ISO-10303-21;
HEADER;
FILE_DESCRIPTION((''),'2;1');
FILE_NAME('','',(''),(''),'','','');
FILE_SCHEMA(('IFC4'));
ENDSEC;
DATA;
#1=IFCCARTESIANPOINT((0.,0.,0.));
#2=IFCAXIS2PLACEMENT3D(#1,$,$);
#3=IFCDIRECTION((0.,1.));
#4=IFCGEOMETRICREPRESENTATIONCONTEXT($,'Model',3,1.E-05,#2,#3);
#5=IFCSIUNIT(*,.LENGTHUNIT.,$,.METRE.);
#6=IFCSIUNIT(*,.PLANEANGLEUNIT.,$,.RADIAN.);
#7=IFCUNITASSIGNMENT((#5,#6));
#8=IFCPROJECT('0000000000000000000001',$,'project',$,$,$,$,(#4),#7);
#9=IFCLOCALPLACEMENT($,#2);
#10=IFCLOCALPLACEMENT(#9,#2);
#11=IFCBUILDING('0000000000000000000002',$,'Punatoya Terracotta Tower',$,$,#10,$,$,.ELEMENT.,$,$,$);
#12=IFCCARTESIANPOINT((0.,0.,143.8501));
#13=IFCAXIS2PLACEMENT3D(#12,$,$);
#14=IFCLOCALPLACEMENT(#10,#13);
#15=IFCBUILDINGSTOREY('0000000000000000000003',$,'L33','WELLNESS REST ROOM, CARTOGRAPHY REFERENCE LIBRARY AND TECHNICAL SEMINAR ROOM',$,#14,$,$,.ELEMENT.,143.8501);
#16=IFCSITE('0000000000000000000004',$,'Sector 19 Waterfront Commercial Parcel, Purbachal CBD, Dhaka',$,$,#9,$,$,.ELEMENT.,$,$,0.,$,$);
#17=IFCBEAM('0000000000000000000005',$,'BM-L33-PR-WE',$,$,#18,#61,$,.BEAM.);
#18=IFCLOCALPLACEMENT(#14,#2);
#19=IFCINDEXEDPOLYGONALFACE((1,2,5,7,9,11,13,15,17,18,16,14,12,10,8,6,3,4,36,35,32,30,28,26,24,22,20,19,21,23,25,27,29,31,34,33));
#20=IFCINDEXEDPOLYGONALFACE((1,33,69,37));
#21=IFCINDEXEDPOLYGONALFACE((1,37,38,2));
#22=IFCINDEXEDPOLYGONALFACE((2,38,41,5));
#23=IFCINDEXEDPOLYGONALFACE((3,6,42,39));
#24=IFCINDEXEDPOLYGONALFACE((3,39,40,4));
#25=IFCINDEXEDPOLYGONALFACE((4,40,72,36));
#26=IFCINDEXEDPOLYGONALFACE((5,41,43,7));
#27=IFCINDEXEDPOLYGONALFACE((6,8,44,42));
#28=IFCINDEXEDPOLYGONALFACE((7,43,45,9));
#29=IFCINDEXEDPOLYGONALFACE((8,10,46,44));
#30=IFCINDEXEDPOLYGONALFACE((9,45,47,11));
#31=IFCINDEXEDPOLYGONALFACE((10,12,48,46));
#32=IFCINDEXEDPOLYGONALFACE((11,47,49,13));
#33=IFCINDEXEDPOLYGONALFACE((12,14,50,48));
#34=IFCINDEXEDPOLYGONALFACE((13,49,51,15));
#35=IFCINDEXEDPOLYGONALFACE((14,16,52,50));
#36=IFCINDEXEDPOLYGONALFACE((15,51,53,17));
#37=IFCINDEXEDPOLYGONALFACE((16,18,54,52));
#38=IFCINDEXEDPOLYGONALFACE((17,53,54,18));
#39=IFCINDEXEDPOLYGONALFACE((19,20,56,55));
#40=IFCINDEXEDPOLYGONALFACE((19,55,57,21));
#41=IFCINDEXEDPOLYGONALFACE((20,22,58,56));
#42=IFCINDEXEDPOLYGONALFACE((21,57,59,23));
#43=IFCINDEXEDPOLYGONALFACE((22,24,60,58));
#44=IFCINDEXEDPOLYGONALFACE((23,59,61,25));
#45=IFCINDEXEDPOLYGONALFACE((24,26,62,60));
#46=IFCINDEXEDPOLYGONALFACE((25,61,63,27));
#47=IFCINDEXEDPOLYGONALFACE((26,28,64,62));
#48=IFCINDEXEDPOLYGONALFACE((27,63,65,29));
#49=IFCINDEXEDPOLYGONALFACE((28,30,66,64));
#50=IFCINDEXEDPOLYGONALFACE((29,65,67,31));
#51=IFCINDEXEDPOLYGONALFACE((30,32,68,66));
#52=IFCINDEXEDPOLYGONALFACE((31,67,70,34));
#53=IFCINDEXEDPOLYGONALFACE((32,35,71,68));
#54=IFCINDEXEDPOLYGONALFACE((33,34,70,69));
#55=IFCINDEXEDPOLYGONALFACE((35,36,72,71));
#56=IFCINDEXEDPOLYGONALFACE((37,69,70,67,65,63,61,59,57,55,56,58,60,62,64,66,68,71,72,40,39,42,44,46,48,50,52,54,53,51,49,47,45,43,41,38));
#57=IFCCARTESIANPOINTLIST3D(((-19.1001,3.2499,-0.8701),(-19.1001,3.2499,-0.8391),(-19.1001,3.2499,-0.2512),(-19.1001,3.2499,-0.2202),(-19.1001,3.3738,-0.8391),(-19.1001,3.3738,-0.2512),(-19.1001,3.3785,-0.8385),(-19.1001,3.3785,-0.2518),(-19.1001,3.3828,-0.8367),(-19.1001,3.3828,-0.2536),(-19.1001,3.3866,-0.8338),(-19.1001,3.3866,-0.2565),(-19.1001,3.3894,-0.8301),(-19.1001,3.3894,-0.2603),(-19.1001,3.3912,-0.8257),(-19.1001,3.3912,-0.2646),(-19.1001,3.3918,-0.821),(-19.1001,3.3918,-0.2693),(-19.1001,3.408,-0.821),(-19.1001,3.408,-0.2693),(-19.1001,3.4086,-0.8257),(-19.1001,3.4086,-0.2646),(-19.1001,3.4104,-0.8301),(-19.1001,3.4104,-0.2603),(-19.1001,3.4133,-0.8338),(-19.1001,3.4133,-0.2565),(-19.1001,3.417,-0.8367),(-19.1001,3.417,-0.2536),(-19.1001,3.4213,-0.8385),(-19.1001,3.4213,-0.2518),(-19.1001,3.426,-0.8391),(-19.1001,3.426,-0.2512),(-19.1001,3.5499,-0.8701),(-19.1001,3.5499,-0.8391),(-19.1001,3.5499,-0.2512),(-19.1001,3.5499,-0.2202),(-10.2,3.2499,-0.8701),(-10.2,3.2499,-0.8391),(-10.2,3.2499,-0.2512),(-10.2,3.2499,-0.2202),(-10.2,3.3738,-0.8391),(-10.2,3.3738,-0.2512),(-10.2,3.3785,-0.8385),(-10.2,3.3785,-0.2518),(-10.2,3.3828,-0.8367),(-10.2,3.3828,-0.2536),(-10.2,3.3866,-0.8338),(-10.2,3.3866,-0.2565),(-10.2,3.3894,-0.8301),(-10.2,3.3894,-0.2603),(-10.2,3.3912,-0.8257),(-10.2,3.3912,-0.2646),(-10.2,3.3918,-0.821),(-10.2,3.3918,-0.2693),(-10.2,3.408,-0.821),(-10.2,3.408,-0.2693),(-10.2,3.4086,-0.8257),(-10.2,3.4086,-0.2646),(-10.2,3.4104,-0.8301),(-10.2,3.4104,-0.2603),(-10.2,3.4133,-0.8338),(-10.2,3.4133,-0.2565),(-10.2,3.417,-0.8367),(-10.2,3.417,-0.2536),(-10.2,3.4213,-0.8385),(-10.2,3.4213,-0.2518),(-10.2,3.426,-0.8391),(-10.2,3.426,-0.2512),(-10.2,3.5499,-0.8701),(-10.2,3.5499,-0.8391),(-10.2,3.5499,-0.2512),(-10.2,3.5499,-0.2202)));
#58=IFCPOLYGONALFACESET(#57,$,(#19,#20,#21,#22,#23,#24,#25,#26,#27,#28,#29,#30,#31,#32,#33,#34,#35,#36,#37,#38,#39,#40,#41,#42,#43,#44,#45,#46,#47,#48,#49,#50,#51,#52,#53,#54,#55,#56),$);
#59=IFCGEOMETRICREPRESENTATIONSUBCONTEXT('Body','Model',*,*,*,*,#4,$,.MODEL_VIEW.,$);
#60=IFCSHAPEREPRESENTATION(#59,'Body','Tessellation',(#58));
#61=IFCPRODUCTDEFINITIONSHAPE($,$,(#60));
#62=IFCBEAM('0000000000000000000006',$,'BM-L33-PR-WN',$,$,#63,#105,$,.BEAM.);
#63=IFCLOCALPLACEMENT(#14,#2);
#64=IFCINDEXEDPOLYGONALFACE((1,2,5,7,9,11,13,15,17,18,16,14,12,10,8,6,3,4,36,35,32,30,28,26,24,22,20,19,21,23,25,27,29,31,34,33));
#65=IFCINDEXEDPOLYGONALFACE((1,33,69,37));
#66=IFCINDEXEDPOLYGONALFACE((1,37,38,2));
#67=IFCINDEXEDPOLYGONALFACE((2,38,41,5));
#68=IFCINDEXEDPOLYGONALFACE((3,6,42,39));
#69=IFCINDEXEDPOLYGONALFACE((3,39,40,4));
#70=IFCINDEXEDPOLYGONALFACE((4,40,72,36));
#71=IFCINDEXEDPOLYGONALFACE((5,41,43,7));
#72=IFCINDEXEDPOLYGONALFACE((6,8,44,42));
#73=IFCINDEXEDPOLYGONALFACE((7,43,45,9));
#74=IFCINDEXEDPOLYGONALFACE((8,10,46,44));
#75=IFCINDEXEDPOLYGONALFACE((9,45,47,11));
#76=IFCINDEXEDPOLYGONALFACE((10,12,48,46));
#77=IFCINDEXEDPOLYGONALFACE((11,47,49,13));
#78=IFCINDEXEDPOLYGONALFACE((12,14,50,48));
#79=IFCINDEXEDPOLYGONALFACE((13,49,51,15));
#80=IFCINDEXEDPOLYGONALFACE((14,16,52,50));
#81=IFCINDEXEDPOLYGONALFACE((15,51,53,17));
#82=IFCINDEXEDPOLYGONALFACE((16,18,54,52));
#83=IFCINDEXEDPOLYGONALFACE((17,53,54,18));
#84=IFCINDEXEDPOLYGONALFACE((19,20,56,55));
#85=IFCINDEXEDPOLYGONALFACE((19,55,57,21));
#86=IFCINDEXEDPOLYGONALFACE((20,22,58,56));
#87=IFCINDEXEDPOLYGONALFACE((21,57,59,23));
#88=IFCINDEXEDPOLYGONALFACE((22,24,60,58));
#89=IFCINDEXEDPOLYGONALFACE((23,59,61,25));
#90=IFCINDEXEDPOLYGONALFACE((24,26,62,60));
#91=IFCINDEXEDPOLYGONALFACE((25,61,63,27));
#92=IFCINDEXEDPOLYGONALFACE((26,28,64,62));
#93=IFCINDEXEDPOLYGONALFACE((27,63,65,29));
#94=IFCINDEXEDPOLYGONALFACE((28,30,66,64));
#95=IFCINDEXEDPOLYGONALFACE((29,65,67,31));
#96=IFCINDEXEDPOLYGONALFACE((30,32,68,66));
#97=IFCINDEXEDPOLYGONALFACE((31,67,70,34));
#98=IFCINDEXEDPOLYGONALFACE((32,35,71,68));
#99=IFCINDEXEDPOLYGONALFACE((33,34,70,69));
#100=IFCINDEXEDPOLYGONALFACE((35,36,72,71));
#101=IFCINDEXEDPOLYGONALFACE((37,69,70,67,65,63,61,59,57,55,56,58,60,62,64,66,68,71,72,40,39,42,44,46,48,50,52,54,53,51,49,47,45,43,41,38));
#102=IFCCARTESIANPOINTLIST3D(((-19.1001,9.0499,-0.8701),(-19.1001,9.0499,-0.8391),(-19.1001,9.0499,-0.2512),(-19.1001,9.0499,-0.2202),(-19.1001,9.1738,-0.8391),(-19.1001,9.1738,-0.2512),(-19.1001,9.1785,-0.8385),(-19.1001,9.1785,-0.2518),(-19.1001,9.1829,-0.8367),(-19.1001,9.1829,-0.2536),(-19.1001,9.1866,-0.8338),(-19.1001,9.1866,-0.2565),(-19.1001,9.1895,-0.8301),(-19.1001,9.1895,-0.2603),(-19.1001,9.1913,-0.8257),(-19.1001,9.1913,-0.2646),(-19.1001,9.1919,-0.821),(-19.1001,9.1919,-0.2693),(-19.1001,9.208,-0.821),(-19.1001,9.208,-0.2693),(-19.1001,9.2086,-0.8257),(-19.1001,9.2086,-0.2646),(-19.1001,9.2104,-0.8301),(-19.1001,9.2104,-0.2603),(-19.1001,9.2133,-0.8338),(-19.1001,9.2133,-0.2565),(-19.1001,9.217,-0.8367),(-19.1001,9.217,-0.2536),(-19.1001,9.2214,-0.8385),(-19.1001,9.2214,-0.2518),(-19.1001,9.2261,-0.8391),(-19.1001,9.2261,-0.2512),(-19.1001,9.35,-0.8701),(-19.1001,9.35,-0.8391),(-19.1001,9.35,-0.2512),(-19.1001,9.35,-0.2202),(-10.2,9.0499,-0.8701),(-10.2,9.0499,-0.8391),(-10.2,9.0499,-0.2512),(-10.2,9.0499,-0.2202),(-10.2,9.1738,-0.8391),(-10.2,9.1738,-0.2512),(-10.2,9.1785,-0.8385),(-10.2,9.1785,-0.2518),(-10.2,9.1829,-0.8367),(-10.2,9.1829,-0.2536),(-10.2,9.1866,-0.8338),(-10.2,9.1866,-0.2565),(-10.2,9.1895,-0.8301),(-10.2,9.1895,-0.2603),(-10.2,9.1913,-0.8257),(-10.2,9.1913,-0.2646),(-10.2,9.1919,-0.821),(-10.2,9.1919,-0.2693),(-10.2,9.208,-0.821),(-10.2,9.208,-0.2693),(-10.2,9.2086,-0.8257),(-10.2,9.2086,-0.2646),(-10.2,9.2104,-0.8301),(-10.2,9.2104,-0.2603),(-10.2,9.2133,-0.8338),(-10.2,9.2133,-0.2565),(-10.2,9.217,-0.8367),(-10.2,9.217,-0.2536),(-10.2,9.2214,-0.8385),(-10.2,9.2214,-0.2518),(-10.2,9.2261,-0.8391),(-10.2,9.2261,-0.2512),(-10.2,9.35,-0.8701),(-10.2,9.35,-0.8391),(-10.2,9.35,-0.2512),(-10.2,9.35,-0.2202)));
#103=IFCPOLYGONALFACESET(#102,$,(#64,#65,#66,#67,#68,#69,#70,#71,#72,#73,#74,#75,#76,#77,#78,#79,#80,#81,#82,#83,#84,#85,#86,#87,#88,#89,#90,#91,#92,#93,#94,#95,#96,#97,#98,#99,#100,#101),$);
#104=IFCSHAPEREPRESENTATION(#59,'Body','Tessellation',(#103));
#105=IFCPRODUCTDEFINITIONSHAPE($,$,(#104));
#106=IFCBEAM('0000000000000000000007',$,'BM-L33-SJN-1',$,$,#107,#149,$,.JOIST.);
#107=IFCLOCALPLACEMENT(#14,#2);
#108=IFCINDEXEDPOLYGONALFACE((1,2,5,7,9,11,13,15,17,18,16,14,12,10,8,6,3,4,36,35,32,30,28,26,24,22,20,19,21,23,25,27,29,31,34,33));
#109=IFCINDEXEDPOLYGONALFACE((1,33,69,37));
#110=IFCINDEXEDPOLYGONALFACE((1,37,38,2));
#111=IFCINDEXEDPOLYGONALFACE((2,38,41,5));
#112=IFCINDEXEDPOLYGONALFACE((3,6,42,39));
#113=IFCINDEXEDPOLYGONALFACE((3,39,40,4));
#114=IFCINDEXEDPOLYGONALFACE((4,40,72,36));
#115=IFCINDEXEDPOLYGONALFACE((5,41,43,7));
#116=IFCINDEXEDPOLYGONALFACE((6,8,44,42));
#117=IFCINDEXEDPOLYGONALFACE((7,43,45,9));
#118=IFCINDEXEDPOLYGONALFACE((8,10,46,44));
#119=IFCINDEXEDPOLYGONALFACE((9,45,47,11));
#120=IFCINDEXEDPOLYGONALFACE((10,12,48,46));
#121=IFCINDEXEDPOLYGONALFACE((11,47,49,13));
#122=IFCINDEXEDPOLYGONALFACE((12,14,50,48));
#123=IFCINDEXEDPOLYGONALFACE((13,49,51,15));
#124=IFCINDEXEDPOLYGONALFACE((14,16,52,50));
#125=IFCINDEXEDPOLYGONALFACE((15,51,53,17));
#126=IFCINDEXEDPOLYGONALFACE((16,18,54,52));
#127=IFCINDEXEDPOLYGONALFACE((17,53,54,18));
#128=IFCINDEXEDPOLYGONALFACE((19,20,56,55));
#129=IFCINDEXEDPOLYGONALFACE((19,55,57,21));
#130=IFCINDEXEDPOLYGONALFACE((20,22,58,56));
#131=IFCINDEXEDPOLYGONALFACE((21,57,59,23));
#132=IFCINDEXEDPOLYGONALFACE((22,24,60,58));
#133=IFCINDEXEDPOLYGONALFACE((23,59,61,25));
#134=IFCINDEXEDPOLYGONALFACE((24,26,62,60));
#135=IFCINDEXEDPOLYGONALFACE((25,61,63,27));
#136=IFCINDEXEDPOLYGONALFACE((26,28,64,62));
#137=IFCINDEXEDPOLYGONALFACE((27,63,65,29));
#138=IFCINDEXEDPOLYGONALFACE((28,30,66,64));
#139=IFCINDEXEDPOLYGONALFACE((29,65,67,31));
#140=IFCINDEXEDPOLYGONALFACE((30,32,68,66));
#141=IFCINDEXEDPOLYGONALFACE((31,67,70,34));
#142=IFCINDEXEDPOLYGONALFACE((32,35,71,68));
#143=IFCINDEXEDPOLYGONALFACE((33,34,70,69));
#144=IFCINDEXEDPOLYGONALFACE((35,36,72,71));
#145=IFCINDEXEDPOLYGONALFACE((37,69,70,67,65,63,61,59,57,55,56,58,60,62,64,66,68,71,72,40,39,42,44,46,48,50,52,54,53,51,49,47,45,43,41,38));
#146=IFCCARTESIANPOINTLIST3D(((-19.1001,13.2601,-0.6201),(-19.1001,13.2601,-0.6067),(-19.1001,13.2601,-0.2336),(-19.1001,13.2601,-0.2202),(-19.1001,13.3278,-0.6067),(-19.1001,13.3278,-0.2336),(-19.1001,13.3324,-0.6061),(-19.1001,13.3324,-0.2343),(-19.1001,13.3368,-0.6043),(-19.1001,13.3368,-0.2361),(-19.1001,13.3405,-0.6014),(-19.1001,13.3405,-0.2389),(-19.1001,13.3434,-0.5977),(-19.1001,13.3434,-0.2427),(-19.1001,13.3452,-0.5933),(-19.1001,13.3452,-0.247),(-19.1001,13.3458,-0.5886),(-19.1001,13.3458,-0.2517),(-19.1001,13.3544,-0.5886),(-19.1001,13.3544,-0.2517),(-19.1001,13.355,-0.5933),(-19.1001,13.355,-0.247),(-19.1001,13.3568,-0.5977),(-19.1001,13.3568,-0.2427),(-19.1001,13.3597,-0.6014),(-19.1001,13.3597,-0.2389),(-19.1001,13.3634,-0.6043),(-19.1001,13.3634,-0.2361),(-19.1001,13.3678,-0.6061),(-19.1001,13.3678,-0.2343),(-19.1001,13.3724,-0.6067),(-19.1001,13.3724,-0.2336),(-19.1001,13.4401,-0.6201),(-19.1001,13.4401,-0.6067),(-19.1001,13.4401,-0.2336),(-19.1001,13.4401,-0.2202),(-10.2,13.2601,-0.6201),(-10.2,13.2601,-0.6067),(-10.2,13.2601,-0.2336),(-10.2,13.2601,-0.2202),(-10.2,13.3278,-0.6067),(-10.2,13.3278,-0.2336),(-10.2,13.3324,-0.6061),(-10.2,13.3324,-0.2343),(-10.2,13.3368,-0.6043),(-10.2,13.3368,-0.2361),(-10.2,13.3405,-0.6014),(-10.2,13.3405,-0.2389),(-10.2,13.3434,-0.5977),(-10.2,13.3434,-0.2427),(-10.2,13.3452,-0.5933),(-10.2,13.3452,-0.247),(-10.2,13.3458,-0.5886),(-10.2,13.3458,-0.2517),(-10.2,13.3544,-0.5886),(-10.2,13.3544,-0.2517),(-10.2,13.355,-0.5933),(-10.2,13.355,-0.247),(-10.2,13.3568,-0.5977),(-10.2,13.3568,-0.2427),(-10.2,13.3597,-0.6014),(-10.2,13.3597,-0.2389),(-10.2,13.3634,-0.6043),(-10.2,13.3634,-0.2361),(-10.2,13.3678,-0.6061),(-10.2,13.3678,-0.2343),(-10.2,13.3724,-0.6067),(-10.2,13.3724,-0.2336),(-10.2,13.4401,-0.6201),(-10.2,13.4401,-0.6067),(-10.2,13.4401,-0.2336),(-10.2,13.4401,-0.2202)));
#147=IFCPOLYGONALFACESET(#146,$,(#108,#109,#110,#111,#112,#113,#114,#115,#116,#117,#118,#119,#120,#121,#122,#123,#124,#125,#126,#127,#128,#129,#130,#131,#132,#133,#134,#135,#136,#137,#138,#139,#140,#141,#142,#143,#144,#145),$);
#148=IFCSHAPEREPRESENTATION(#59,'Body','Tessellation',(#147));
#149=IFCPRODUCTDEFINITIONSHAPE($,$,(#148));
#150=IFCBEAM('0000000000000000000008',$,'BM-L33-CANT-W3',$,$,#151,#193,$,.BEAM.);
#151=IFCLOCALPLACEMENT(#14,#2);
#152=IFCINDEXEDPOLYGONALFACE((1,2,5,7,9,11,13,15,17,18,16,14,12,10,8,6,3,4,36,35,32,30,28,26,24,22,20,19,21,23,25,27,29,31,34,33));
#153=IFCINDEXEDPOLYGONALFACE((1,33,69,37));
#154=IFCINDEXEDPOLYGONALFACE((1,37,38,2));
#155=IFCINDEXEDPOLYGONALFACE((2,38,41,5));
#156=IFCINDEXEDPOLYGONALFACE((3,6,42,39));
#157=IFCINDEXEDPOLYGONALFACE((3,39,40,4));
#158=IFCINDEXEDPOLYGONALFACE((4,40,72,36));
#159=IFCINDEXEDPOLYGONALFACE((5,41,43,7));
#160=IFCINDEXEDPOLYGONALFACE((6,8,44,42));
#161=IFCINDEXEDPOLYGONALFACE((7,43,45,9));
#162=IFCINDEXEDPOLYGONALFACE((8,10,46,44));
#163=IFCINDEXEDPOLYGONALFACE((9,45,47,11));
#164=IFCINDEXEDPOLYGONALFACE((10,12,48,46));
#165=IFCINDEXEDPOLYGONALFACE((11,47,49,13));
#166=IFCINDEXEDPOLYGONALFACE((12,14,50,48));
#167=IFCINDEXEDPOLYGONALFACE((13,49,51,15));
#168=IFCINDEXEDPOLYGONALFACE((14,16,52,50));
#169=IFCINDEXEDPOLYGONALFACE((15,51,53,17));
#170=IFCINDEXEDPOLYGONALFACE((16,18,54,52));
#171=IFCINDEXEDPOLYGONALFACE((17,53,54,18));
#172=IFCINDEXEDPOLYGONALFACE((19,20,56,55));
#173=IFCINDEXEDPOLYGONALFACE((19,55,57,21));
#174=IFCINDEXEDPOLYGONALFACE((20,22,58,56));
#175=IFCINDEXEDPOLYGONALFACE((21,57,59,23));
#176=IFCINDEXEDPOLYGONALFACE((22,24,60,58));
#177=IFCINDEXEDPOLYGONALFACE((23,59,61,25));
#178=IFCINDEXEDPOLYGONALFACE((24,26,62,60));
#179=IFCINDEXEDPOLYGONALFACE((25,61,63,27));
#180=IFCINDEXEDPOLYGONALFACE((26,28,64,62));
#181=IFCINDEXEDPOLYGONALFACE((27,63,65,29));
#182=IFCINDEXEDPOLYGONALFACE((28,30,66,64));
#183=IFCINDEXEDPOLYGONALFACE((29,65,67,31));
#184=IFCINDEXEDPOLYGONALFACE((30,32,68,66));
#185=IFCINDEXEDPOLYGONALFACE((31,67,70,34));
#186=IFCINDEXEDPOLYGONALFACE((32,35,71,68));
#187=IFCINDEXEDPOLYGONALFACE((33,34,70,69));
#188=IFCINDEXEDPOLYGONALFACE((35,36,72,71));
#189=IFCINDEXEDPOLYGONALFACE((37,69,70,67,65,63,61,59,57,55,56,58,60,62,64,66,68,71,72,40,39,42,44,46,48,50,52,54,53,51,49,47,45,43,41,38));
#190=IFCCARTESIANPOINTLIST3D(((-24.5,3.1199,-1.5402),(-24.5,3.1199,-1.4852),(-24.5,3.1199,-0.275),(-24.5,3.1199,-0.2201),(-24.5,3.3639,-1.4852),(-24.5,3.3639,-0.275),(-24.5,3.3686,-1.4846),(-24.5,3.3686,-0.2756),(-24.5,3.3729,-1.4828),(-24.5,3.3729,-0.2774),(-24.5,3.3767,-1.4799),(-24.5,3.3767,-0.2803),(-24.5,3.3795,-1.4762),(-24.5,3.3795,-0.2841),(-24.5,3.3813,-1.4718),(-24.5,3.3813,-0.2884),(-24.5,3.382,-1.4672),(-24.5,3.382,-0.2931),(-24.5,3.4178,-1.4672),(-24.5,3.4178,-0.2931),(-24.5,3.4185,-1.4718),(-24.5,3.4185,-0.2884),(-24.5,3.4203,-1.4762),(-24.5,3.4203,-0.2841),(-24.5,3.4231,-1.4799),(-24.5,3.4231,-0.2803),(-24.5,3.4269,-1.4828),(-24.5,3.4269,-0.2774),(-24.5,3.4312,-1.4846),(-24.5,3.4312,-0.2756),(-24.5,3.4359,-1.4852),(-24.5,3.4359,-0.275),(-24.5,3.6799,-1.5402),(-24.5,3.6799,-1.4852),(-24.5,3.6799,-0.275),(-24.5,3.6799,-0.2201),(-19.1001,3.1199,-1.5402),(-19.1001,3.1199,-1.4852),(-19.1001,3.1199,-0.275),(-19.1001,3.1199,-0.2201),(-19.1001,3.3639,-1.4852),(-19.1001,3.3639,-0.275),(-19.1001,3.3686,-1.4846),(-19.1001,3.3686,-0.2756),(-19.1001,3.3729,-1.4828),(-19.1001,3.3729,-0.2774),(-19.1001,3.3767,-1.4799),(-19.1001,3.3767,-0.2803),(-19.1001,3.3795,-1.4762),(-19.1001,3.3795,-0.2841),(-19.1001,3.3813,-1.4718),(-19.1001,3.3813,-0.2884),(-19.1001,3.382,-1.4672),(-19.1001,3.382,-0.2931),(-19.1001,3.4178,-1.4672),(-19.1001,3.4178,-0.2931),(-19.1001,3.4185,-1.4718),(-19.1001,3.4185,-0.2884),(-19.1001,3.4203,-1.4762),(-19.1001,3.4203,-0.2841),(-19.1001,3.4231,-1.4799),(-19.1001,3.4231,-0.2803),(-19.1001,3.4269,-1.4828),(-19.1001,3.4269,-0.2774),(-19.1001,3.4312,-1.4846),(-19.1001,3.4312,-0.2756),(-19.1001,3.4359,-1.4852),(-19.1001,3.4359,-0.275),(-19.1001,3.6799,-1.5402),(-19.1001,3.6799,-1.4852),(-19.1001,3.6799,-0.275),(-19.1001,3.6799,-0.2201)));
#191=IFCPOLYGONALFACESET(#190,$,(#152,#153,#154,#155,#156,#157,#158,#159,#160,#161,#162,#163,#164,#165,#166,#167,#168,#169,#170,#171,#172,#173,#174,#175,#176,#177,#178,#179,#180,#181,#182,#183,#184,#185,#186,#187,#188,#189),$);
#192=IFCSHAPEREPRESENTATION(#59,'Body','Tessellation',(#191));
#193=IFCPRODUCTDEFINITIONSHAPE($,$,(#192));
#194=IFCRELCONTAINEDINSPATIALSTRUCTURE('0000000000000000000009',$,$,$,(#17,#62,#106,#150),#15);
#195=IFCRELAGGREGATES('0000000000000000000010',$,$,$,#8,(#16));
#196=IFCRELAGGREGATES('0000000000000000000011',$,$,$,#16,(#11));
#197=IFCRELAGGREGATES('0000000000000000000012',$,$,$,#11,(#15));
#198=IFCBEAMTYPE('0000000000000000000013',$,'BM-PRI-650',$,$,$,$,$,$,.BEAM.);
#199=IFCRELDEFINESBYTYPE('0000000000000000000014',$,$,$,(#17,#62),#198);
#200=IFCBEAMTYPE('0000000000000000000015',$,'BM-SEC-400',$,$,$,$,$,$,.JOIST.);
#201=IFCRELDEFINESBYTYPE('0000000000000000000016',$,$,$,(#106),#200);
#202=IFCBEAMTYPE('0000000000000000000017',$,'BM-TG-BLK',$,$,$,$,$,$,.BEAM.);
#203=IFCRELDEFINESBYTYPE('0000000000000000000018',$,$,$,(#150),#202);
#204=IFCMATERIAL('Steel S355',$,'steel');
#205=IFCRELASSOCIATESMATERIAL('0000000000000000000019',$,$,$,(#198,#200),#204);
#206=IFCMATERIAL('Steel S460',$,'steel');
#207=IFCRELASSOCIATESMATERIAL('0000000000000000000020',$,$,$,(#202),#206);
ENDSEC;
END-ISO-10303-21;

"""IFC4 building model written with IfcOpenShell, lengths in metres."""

from ifc_helpers import new_model, si_unit, direction, frame, origin, origin_2d, place, context, subcontext, project, spatial, i_section, extrude, material, material_profile, profile_set, type_object, element, save


model = new_model("IFC4")

# Units and contexts
model_context = context("Model", 3, precision=1e-05, world=origin(), true_north=direction((0.0, 1.0)))
body_context = subcontext(model_context, "Body", "Model", "MODEL_VIEW")
ifc_project = project(units=[si_unit("LENGTHUNIT", "METRE"), si_unit("PLANEANGLEUNIT", "RADIAN")], contexts=[model_context])

# Site, building, storey
site_placement = place(None, origin())
site = spatial("IfcSite", under=ifc_project, at=site_placement, Name="Sector 19 Waterfront Commercial Parcel, Purbachal CBD, Dhaka", CompositionType="ELEMENT", RefElevation=0.0)
building_placement = place(site_placement, origin())
building = spatial("IfcBuilding", under=site, at=building_placement, Name="Punatoya Terracotta Tower", CompositionType="ELEMENT")
storey_placement = place(building_placement, frame((0.0, 0.0, 143.8501)))
storey = spatial("IfcBuildingStorey", under=building, at=storey_placement, Name="L33", Description="WELLNESS REST ROOM, CARTOGRAPHY REFERENCE LIBRARY AND TECHNICAL SEMINAR ROOM", CompositionType="ELEMENT", Elevation=143.8501)

# Shared definitions
ifc_material_1 = material(Name="Steel S460", Category="steel")

# Beams
ifc_material_2 = material(Name="Steel S355", Category="steel")
ifc_material_profile_1 = material_profile(ifc_material_2, i_section(OverallWidth=0.3, OverallDepth=0.6499, WebThickness=0.0161, FlangeThickness=0.031, FilletRadius=0.0181, at=origin_2d()))
ifc_profile_set_1 = profile_set([ifc_material_profile_1], Name="Steel S355")
beam_type_1 = type_object("IfcBeamType", Name="BM-PRI-650", PredefinedType="BEAM", material=ifc_profile_set_1)
for number, where, z_axis, x_axis, name in (
    (1, (-19.1001, 3.3999, -0.5452), (1.0, 0.0, 0.0), (0.0, 1.0, 0.0), "BM-L33-PR-WE"),
    (2, (-19.1001, 9.2, -0.5452), (1.0, 0.0, 0.0), (0.0, 1.0, 0.0), "BM-L33-PR-WN"),
):
    element("IfcBeam", number, at=place(storey_placement, frame(where, z_axis=z_axis, x_axis=x_axis)), inside=storey, type_object=beam_type_1, Name=name, PredefinedType="BEAM", context=body_context, shape_type="SweptSolid", body=[
        extrude(i_section(OverallWidth=0.3, OverallDepth=0.6499, WebThickness=0.0161, FlangeThickness=0.031, FilletRadius=0.0181, at=origin_2d()), origin(), (0.0, 0.0, 1.0), 8.9001),
    ])
ifc_material_profile_2 = material_profile(ifc_material_2, i_section(OverallWidth=0.1799, OverallDepth=0.3999, WebThickness=0.0085, FlangeThickness=0.0134, FilletRadius=0.0181, at=origin_2d()))
ifc_profile_set_2 = profile_set([ifc_material_profile_2], Name="Steel S355")
beam_type_2 = type_object("IfcBeamType", Name="BM-SEC-400", PredefinedType="JOIST", material=ifc_profile_set_2)
beam_1_placement = place(storey_placement, frame((-19.1001, 13.3501, -0.4202), z_axis=(1.0, 0.0, 0.0), x_axis=(0.0, 1.0, 0.0)))
element("IfcBeam", 3, at=beam_1_placement, inside=storey, type_object=beam_type_2, Name="BM-L33-SJN-1", PredefinedType="JOIST", context=body_context, shape_type="SweptSolid", body=[
    extrude(i_section(OverallWidth=0.1799, OverallDepth=0.3999, WebThickness=0.0085, FlangeThickness=0.0134, FilletRadius=0.0181, at=origin_2d()), origin(), (0.0, 0.0, 1.0), 8.9001),
])
ifc_material_profile_3 = material_profile(ifc_material_1, i_section(OverallWidth=0.5601, OverallDepth=1.3201, WebThickness=0.0359, FlangeThickness=0.0549, FilletRadius=0.0181, at=origin_2d()))
ifc_profile_set_3 = profile_set([ifc_material_profile_3], Name="Steel S460")
beam_type_3 = type_object("IfcBeamType", Name="BM-TG-BLK", PredefinedType="BEAM", material=ifc_profile_set_3)
for number, where, z_axis, x_axis, name in (
    (4, (-24.5, 3.3999, -0.8801), (1.0, 0.0, 0.0), (0.0, 1.0, 0.0), "BM-L33-CANT-W3"),
):
    element("IfcBeam", number, at=place(storey_placement, frame(where, z_axis=z_axis, x_axis=x_axis)), inside=storey, type_object=beam_type_3, Name=name, PredefinedType="BEAM", context=body_context, shape_type="SweptSolid", body=[
        extrude(i_section(OverallWidth=0.5601, OverallDepth=1.3201, WebThickness=0.0359, FlangeThickness=0.0549, FilletRadius=0.0181, at=origin_2d()), origin(), (0.0, 0.0, 1.0), 5.3999),
    ])

save(model, "model.ifc")
